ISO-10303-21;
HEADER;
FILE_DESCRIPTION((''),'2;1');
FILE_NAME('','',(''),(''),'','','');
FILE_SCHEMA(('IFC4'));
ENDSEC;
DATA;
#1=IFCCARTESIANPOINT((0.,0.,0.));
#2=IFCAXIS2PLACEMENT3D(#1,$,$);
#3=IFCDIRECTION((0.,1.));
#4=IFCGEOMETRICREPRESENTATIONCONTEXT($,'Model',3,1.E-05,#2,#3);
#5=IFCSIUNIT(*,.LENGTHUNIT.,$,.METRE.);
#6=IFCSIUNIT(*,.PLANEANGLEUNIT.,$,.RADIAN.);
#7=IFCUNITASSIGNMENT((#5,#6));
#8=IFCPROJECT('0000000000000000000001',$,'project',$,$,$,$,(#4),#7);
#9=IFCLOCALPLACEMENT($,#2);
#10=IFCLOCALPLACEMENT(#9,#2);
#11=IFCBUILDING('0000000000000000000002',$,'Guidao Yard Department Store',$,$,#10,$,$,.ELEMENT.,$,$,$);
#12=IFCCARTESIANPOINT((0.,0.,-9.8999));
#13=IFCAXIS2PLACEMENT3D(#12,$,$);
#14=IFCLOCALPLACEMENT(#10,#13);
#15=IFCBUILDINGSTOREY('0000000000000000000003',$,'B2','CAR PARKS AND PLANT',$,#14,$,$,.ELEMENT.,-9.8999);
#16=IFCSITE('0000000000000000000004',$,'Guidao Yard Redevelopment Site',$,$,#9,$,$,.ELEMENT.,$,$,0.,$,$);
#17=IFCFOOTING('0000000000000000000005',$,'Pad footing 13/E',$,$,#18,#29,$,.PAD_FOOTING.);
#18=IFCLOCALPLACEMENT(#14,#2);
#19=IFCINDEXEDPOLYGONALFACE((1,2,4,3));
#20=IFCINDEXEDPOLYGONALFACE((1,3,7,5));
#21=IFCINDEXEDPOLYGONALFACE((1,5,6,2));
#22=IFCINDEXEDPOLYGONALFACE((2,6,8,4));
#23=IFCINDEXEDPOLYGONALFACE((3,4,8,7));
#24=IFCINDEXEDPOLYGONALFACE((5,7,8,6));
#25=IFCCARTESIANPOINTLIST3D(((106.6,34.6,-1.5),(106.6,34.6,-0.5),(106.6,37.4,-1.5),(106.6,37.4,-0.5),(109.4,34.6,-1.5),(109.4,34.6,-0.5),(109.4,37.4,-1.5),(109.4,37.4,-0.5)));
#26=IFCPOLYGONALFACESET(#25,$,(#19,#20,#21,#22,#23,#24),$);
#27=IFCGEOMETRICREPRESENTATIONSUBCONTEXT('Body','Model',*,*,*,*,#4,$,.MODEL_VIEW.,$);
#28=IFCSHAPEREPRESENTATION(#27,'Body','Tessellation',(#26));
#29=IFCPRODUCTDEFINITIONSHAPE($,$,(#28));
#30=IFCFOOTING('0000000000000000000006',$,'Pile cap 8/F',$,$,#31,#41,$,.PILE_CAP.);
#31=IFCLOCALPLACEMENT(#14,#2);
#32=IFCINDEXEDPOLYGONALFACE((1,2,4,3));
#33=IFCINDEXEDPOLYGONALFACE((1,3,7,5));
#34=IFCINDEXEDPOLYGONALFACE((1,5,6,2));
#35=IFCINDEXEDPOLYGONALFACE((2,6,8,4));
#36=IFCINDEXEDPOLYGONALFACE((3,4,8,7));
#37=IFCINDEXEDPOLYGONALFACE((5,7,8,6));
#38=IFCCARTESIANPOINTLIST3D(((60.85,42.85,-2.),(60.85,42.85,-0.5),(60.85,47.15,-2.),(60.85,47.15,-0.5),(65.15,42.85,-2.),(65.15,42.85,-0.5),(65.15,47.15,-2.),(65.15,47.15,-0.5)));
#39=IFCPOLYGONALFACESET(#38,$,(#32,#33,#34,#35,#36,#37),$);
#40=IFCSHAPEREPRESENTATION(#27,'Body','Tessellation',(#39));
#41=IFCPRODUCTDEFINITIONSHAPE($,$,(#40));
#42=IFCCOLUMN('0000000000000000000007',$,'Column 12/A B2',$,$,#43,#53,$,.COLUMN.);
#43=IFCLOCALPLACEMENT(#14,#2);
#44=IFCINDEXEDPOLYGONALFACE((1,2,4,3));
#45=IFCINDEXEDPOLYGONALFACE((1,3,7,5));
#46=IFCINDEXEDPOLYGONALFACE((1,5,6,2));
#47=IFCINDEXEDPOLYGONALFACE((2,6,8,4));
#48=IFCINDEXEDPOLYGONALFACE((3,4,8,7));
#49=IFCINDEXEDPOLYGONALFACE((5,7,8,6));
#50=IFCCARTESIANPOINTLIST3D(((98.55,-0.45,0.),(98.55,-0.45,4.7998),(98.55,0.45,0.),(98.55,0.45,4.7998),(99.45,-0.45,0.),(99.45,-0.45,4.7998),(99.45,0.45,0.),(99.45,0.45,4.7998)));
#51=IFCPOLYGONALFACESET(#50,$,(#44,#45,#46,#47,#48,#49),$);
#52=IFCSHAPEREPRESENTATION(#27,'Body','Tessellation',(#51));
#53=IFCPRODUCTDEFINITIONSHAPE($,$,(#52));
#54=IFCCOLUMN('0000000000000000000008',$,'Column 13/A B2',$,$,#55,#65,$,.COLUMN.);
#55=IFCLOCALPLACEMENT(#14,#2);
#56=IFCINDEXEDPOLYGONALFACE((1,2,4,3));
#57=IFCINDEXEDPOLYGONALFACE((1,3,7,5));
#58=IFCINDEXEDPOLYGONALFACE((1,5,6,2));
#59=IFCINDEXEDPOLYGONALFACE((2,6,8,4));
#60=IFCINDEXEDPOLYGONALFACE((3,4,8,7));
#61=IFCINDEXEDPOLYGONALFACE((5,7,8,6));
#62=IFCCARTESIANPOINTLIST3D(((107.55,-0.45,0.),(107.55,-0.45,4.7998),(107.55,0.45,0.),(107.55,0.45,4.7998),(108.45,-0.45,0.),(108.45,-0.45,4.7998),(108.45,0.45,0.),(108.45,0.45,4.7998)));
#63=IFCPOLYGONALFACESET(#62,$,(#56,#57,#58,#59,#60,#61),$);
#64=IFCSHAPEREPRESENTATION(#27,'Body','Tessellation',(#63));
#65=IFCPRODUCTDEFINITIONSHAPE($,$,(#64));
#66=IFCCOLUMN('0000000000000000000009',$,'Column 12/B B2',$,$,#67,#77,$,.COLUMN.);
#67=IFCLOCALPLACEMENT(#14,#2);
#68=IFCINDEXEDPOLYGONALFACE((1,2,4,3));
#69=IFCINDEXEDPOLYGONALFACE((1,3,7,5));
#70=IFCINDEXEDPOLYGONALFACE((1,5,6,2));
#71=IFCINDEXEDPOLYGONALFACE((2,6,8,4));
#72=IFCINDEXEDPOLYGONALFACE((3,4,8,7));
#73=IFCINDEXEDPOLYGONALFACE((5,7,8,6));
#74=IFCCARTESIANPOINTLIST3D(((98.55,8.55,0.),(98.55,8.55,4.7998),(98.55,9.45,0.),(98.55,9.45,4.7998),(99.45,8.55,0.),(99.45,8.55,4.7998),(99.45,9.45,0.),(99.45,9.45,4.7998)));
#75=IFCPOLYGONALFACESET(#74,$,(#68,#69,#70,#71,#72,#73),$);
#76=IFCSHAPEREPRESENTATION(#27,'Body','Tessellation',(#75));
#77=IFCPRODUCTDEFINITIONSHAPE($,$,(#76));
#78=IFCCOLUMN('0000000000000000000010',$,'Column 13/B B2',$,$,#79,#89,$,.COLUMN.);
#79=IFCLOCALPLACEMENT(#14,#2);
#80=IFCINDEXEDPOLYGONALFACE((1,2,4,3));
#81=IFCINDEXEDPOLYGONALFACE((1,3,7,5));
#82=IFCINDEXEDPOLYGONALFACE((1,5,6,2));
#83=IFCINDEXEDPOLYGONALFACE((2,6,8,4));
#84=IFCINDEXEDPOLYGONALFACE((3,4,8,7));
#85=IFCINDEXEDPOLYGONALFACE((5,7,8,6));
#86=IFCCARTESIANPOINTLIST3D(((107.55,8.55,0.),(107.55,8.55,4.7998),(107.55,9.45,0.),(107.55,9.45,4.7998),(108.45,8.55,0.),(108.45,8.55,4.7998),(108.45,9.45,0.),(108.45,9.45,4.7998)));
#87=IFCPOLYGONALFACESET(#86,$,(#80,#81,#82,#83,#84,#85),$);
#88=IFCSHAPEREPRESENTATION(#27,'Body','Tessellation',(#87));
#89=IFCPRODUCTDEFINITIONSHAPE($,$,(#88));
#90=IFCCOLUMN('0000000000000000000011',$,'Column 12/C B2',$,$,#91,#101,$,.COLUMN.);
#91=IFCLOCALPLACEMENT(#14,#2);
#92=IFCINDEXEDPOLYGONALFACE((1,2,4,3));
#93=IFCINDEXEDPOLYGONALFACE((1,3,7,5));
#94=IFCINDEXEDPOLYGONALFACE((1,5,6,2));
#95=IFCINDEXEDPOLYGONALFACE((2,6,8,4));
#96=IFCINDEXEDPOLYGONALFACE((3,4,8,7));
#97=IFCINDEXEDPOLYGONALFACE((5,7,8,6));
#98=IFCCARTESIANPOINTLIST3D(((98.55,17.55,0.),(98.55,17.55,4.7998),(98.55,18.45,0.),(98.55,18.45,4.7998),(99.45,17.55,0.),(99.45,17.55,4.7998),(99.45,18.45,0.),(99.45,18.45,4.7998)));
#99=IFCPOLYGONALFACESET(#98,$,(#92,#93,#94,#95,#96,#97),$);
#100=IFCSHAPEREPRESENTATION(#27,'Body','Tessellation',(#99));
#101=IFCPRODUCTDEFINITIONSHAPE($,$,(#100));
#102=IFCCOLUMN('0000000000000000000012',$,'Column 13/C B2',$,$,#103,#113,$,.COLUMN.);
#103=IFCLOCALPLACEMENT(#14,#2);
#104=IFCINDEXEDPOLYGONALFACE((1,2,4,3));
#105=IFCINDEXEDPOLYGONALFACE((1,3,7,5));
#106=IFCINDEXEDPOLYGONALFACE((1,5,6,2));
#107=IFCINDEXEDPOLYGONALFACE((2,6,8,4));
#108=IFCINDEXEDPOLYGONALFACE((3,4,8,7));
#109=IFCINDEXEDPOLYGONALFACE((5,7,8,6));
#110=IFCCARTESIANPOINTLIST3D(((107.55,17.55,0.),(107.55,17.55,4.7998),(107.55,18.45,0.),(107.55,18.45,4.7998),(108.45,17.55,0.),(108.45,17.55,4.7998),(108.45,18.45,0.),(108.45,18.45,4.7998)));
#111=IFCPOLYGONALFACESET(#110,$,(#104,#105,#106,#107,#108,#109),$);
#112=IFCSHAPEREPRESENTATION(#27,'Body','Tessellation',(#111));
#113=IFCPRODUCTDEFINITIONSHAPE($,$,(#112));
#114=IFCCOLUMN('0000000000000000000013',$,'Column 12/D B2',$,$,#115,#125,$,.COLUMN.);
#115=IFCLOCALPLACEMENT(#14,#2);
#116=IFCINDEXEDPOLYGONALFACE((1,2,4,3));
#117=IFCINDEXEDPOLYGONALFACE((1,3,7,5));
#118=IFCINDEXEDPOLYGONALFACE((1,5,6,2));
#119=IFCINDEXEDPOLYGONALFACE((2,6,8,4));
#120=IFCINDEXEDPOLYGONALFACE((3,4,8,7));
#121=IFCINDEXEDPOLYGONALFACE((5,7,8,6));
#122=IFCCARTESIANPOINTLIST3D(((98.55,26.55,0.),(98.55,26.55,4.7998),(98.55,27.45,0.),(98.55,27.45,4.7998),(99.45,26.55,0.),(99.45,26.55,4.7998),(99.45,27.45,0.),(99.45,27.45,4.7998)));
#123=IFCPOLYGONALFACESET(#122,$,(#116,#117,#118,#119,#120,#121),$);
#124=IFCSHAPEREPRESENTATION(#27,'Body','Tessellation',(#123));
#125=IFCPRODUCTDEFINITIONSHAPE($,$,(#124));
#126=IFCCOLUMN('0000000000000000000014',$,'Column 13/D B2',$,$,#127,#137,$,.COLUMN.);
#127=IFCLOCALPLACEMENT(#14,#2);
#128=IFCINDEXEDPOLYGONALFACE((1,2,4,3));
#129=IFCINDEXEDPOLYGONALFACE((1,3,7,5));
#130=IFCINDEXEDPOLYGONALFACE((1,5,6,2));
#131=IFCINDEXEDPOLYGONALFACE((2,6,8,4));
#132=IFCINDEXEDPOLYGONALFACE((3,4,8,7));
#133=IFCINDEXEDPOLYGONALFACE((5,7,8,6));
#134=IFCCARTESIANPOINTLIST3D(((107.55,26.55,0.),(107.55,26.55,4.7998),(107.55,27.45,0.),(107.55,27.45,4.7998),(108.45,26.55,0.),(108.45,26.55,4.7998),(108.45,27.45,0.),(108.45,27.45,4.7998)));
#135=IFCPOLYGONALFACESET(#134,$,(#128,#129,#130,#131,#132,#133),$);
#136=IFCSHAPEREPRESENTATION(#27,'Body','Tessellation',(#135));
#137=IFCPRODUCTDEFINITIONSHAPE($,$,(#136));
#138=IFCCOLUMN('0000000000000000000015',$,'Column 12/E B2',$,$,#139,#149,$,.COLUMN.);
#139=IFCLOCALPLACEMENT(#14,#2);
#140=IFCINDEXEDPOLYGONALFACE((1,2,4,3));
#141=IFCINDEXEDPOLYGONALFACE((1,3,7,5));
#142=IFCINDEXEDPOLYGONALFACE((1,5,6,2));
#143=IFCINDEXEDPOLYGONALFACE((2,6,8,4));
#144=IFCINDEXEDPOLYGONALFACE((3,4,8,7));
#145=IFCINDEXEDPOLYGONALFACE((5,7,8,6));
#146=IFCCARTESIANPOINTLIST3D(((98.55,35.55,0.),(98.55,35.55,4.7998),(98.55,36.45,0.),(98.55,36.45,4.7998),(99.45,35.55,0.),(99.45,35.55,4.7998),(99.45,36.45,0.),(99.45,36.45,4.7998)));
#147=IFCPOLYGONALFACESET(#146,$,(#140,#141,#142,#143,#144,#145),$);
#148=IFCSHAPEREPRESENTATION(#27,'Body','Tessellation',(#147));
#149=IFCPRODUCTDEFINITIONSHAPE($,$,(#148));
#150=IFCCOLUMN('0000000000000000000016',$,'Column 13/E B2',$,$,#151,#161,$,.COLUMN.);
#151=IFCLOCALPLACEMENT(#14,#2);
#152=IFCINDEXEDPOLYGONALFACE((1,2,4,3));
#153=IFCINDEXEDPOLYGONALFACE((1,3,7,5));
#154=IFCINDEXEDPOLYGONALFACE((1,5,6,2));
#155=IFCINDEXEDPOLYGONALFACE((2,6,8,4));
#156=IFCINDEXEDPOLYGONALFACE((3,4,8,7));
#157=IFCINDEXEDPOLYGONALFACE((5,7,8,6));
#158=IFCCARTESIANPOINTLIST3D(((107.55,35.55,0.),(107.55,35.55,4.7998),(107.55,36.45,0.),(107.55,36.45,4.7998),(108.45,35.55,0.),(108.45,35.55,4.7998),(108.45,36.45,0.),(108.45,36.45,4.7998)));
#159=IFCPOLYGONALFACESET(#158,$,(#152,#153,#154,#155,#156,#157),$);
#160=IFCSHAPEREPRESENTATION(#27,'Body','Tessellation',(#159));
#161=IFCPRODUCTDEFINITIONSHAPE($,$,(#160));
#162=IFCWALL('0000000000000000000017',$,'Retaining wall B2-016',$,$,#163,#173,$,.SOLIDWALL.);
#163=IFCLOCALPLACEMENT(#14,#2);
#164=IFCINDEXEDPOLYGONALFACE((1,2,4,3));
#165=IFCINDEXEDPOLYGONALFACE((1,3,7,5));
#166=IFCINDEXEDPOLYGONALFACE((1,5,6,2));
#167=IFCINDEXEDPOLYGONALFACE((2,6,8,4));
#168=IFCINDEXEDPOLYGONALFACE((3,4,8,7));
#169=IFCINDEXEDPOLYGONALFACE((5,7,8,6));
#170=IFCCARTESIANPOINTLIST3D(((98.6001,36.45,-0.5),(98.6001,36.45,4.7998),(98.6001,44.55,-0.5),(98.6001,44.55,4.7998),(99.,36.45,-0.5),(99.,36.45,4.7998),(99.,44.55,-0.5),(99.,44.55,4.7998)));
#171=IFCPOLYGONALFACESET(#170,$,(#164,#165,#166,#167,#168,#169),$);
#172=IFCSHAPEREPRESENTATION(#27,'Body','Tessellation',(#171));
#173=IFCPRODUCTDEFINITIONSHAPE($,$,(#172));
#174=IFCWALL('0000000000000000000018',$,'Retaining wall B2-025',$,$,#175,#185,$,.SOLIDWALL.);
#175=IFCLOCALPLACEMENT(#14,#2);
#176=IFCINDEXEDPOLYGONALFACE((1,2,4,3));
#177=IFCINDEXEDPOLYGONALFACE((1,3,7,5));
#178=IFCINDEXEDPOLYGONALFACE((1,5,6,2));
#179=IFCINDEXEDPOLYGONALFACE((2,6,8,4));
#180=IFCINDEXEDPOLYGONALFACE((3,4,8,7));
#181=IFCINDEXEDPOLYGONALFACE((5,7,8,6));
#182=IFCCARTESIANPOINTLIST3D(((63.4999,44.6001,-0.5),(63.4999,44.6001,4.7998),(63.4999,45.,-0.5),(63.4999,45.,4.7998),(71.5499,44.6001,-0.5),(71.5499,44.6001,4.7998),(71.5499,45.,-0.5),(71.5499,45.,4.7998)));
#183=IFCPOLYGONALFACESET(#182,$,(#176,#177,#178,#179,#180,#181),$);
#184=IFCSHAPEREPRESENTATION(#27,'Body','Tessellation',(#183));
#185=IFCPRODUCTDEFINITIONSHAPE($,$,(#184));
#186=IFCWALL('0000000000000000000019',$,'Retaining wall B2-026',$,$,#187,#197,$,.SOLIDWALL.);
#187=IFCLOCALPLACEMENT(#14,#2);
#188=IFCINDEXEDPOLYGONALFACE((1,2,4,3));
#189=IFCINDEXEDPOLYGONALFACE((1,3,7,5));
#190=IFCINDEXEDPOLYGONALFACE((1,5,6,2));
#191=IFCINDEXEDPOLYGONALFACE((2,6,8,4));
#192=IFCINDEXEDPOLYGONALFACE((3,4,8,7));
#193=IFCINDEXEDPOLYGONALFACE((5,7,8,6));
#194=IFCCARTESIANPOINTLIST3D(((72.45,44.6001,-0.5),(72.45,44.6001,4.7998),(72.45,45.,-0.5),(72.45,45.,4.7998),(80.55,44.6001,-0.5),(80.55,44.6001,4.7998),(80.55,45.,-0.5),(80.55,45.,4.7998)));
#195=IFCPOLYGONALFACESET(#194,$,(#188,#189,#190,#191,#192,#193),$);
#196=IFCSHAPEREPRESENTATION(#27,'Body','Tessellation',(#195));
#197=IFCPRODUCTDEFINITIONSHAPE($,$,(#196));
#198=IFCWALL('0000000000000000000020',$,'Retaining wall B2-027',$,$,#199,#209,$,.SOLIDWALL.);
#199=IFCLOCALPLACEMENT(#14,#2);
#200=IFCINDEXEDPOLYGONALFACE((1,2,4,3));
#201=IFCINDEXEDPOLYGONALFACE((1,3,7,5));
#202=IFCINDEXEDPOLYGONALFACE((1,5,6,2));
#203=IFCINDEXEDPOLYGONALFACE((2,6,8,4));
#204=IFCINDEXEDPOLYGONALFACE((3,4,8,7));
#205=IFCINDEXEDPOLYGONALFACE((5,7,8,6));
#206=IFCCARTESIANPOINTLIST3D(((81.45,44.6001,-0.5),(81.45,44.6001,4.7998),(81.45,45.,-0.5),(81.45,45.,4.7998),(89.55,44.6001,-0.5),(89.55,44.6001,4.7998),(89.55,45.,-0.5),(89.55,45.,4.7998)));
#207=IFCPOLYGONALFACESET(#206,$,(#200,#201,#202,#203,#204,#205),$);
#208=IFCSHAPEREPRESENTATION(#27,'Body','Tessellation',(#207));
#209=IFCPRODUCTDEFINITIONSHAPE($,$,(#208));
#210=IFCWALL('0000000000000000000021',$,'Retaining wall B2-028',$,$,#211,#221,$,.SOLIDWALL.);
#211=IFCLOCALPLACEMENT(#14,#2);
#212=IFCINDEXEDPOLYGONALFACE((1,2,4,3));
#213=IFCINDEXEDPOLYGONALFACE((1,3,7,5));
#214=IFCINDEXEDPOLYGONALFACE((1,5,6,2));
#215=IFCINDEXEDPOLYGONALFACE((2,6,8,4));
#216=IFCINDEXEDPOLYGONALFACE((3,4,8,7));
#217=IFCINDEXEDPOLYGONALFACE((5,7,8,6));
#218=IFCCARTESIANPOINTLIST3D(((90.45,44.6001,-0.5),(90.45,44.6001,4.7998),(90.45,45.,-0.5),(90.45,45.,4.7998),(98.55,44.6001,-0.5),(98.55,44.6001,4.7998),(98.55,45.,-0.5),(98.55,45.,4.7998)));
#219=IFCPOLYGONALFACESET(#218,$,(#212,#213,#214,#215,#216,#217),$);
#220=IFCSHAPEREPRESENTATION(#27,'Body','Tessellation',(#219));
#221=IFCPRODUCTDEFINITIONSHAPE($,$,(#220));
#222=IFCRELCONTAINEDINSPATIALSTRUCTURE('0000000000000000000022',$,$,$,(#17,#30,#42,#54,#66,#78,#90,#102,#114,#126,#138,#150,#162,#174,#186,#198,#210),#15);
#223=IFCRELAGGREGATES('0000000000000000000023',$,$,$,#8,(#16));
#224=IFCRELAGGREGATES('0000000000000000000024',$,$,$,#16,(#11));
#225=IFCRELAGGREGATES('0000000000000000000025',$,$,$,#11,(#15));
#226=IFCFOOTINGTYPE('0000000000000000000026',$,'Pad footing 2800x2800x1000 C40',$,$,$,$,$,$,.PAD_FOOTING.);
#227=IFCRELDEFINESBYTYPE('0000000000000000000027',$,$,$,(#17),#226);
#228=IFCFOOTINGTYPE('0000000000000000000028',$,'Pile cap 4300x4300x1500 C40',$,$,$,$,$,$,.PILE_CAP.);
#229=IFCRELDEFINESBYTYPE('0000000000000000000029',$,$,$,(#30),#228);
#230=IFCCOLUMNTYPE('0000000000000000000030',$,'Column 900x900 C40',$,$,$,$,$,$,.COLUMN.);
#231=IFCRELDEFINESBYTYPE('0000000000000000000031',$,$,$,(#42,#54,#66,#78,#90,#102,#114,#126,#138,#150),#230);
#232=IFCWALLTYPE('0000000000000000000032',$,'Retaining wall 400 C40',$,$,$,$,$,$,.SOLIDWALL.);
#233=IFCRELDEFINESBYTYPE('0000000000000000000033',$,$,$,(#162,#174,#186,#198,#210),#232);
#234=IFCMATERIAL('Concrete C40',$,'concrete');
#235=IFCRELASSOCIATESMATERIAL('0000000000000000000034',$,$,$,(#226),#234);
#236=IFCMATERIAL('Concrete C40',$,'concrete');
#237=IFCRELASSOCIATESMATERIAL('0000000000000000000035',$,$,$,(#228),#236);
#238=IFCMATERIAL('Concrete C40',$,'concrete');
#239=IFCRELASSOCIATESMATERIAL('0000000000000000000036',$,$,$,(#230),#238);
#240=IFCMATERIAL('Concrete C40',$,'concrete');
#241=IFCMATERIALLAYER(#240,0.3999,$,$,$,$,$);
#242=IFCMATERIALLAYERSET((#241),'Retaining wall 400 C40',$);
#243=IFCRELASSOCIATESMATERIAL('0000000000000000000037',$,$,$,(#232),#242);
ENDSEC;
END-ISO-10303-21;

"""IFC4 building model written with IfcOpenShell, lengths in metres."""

from ifc_helpers import new_model, si_unit, direction, frame, frame_2d, origin, origin_2d, place, context, subcontext, project, spatial, rectangle, extrude, material, layer, layer_set, material_profile, profile_set, type_object, element, save


model = new_model("IFC4")

# Units and contexts
model_context = context("Model", 3, precision=1e-05, world=origin(), true_north=direction((0.0, 1.0)))
body_context = subcontext(model_context, "Body", "Model", "MODEL_VIEW")
ifc_project = project(units=[si_unit("LENGTHUNIT", "METRE"), si_unit("PLANEANGLEUNIT", "RADIAN")], contexts=[model_context])

# Site, building, storey
site_placement = place(None, origin())
site = spatial("IfcSite", under=ifc_project, at=site_placement, Name="Guidao Yard Redevelopment Site", CompositionType="ELEMENT", RefElevation=0.0)
building_placement = place(site_placement, origin())
building = spatial("IfcBuilding", under=site, at=building_placement, Name="Guidao Yard Department Store", CompositionType="ELEMENT")
storey_placement = place(building_placement, frame((0.0, 0.0, -9.8999)))
storey = spatial("IfcBuildingStorey", under=building, at=storey_placement, Name="B2", Description="CAR PARKS AND PLANT", CompositionType="ELEMENT", Elevation=-9.8999)

# Footings
ifc_material_1 = material(Name="Concrete C40", Category="concrete")
footing_type_1 = type_object("IfcFootingType", Name="Pad footing 2800x2800x1000 C40", PredefinedType="PAD_FOOTING", material=ifc_material_1)
for number, where, z_axis, x_axis, name in (
    (1, (108.0, 36.0, -1.5), (0.0, 0.0, 1.0), (1.0, 0.0, 0.0), "Pad footing 13/E"),
):
    element("IfcFooting", number, at=place(storey_placement, frame(where, z_axis=z_axis, x_axis=x_axis)), inside=storey, type_object=footing_type_1, Name=name, PredefinedType="PAD_FOOTING", context=body_context, shape_type="SweptSolid", body=[
        extrude(rectangle(XDim=2.8, YDim=2.8, at=origin_2d()), origin(), (0.0, 0.0, 1.0), 1.0),
    ])
ifc_material_2 = material(Name="Concrete C40", Category="concrete")
footing_type_2 = type_object("IfcFootingType", Name="Pile cap 4300x4300x1500 C40", PredefinedType="PILE_CAP", material=ifc_material_2)
footing_1_placement = place(storey_placement, frame((63.0, 45.0, -2.0), z_axis=(0.0, 0.0, 1.0), x_axis=(1.0, 0.0, 0.0)))
element("IfcFooting", 2, at=footing_1_placement, inside=storey, type_object=footing_type_2, Name="Pile cap 8/F", PredefinedType="PILE_CAP", context=body_context, shape_type="SweptSolid", body=[
    extrude(rectangle(XDim=4.3, YDim=4.3, at=origin_2d()), origin(), (0.0, 0.0, 1.0), 1.5),
])

# Columns
ifc_material_3 = material(Name="Concrete C40", Category="concrete")
ifc_material_profile_1 = material_profile(ifc_material_3, rectangle(XDim=0.8999, YDim=0.8999, at=origin_2d()), Name="COL 900x900")
ifc_profile_set_1 = profile_set([ifc_material_profile_1], Name="Concrete C40")
column_type = type_object("IfcColumnType", Name="Column 900x900 C40", PredefinedType="COLUMN", material=ifc_profile_set_1)
for number, where, z_axis, x_axis, name in (
    (3, (99.0, 0.0, 0.0), (0.0, 0.0, 1.0), (1.0, 0.0, 0.0), "Column 12/A B2"),
    (4, (108.0, 0.0, 0.0), (0.0, 0.0, 1.0), (1.0, 0.0, 0.0), "Column 13/A B2"),
    (5, (99.0, 9.0, 0.0), (0.0, 0.0, 1.0), (1.0, 0.0, 0.0), "Column 12/B B2"),
    (6, (108.0, 9.0, 0.0), (0.0, 0.0, 1.0), (1.0, 0.0, 0.0), "Column 13/B B2"),
    (7, (99.0, 18.0, 0.0), (0.0, 0.0, 1.0), (1.0, 0.0, 0.0), "Column 12/C B2"),
    (8, (108.0, 18.0, 0.0), (0.0, 0.0, 1.0), (1.0, 0.0, 0.0), "Column 13/C B2"),
    (9, (99.0, 27.0, 0.0), (0.0, 0.0, 1.0), (1.0, 0.0, 0.0), "Column 12/D B2"),
    (10, (108.0, 27.0, 0.0), (0.0, 0.0, 1.0), (1.0, 0.0, 0.0), "Column 13/D B2"),
    (11, (99.0, 36.0, 0.0), (0.0, 0.0, 1.0), (1.0, 0.0, 0.0), "Column 12/E B2"),
    (12, (108.0, 36.0, 0.0), (0.0, 0.0, 1.0), (1.0, 0.0, 0.0), "Column 13/E B2"),
):
    element("IfcColumn", number, at=place(storey_placement, frame(where, z_axis=z_axis, x_axis=x_axis)), inside=storey, type_object=column_type, Name=name, PredefinedType="COLUMN", context=body_context, shape_type="SweptSolid", body=[
        extrude(rectangle(XDim=0.8999, YDim=0.8999, at=origin_2d()), origin(), (0.0, 0.0, 1.0), 4.7998),
    ])

# Walls
ifc_material_4 = material(Name="Concrete C40", Category="concrete")
ifc_layer_1 = layer(ifc_material_4, 0.3999)
ifc_layer_set_1 = layer_set([ifc_layer_1], Name="Retaining wall 400 C40")
wall_type_1 = type_object("IfcWallType", Name="Retaining wall 400 C40", PredefinedType="SOLIDWALL", material=ifc_layer_set_1)
wall_1_placement = place(storey_placement, frame((98.8, 36.45, -0.5), z_axis=(0.0, 0.0, 1.0), x_axis=(0.0, 1.0, 0.0)))
element("IfcWall", 13, at=wall_1_placement, inside=storey, type_object=wall_type_1, Name="Retaining wall B2-016", PredefinedType="SOLIDWALL", context=body_context, shape_type="SweptSolid", body=[
    extrude(rectangle(XDim=8.1001, YDim=0.3999, at=frame_2d((4.05, 0.0))), origin(), (0.0, 0.0, 1.0), 5.2998),
])
wall_2_placement = place(storey_placement, frame((63.5, 44.8, -0.5), z_axis=(0.0, 0.0, 1.0), x_axis=(1.0, 0.0, 0.0)))
element("IfcWall", 14, at=wall_2_placement, inside=storey, type_object=wall_type_1, Name="Retaining wall B2-025", PredefinedType="SOLIDWALL", context=body_context, shape_type="SweptSolid", body=[
    extrude(rectangle(XDim=8.05, YDim=0.3999, at=frame_2d((4.0249, 0.0))), origin(), (0.0, 0.0, 1.0), 5.2998),
])
for number, where, z_axis, x_axis, name in (
    (15, (72.45, 44.8, -0.5), (0.0, 0.0, 1.0), (1.0, 0.0, 0.0), "Retaining wall B2-026"),
    (16, (81.45, 44.8, -0.5), (0.0, 0.0, 1.0), (1.0, 0.0, 0.0), "Retaining wall B2-027"),
    (17, (90.45, 44.8, -0.5), (0.0, 0.0, 1.0), (1.0, 0.0, 0.0), "Retaining wall B2-028"),
):
    element("IfcWall", number, at=place(storey_placement, frame(where, z_axis=z_axis, x_axis=x_axis)), inside=storey, type_object=wall_type_1, Name=name, PredefinedType="SOLIDWALL", context=body_context, shape_type="SweptSolid", body=[
        extrude(rectangle(XDim=8.1001, YDim=0.3999, at=frame_2d((4.05, 0.0))), origin(), (0.0, 0.0, 1.0), 5.2998),
    ])

save(model, "model.ifc")
